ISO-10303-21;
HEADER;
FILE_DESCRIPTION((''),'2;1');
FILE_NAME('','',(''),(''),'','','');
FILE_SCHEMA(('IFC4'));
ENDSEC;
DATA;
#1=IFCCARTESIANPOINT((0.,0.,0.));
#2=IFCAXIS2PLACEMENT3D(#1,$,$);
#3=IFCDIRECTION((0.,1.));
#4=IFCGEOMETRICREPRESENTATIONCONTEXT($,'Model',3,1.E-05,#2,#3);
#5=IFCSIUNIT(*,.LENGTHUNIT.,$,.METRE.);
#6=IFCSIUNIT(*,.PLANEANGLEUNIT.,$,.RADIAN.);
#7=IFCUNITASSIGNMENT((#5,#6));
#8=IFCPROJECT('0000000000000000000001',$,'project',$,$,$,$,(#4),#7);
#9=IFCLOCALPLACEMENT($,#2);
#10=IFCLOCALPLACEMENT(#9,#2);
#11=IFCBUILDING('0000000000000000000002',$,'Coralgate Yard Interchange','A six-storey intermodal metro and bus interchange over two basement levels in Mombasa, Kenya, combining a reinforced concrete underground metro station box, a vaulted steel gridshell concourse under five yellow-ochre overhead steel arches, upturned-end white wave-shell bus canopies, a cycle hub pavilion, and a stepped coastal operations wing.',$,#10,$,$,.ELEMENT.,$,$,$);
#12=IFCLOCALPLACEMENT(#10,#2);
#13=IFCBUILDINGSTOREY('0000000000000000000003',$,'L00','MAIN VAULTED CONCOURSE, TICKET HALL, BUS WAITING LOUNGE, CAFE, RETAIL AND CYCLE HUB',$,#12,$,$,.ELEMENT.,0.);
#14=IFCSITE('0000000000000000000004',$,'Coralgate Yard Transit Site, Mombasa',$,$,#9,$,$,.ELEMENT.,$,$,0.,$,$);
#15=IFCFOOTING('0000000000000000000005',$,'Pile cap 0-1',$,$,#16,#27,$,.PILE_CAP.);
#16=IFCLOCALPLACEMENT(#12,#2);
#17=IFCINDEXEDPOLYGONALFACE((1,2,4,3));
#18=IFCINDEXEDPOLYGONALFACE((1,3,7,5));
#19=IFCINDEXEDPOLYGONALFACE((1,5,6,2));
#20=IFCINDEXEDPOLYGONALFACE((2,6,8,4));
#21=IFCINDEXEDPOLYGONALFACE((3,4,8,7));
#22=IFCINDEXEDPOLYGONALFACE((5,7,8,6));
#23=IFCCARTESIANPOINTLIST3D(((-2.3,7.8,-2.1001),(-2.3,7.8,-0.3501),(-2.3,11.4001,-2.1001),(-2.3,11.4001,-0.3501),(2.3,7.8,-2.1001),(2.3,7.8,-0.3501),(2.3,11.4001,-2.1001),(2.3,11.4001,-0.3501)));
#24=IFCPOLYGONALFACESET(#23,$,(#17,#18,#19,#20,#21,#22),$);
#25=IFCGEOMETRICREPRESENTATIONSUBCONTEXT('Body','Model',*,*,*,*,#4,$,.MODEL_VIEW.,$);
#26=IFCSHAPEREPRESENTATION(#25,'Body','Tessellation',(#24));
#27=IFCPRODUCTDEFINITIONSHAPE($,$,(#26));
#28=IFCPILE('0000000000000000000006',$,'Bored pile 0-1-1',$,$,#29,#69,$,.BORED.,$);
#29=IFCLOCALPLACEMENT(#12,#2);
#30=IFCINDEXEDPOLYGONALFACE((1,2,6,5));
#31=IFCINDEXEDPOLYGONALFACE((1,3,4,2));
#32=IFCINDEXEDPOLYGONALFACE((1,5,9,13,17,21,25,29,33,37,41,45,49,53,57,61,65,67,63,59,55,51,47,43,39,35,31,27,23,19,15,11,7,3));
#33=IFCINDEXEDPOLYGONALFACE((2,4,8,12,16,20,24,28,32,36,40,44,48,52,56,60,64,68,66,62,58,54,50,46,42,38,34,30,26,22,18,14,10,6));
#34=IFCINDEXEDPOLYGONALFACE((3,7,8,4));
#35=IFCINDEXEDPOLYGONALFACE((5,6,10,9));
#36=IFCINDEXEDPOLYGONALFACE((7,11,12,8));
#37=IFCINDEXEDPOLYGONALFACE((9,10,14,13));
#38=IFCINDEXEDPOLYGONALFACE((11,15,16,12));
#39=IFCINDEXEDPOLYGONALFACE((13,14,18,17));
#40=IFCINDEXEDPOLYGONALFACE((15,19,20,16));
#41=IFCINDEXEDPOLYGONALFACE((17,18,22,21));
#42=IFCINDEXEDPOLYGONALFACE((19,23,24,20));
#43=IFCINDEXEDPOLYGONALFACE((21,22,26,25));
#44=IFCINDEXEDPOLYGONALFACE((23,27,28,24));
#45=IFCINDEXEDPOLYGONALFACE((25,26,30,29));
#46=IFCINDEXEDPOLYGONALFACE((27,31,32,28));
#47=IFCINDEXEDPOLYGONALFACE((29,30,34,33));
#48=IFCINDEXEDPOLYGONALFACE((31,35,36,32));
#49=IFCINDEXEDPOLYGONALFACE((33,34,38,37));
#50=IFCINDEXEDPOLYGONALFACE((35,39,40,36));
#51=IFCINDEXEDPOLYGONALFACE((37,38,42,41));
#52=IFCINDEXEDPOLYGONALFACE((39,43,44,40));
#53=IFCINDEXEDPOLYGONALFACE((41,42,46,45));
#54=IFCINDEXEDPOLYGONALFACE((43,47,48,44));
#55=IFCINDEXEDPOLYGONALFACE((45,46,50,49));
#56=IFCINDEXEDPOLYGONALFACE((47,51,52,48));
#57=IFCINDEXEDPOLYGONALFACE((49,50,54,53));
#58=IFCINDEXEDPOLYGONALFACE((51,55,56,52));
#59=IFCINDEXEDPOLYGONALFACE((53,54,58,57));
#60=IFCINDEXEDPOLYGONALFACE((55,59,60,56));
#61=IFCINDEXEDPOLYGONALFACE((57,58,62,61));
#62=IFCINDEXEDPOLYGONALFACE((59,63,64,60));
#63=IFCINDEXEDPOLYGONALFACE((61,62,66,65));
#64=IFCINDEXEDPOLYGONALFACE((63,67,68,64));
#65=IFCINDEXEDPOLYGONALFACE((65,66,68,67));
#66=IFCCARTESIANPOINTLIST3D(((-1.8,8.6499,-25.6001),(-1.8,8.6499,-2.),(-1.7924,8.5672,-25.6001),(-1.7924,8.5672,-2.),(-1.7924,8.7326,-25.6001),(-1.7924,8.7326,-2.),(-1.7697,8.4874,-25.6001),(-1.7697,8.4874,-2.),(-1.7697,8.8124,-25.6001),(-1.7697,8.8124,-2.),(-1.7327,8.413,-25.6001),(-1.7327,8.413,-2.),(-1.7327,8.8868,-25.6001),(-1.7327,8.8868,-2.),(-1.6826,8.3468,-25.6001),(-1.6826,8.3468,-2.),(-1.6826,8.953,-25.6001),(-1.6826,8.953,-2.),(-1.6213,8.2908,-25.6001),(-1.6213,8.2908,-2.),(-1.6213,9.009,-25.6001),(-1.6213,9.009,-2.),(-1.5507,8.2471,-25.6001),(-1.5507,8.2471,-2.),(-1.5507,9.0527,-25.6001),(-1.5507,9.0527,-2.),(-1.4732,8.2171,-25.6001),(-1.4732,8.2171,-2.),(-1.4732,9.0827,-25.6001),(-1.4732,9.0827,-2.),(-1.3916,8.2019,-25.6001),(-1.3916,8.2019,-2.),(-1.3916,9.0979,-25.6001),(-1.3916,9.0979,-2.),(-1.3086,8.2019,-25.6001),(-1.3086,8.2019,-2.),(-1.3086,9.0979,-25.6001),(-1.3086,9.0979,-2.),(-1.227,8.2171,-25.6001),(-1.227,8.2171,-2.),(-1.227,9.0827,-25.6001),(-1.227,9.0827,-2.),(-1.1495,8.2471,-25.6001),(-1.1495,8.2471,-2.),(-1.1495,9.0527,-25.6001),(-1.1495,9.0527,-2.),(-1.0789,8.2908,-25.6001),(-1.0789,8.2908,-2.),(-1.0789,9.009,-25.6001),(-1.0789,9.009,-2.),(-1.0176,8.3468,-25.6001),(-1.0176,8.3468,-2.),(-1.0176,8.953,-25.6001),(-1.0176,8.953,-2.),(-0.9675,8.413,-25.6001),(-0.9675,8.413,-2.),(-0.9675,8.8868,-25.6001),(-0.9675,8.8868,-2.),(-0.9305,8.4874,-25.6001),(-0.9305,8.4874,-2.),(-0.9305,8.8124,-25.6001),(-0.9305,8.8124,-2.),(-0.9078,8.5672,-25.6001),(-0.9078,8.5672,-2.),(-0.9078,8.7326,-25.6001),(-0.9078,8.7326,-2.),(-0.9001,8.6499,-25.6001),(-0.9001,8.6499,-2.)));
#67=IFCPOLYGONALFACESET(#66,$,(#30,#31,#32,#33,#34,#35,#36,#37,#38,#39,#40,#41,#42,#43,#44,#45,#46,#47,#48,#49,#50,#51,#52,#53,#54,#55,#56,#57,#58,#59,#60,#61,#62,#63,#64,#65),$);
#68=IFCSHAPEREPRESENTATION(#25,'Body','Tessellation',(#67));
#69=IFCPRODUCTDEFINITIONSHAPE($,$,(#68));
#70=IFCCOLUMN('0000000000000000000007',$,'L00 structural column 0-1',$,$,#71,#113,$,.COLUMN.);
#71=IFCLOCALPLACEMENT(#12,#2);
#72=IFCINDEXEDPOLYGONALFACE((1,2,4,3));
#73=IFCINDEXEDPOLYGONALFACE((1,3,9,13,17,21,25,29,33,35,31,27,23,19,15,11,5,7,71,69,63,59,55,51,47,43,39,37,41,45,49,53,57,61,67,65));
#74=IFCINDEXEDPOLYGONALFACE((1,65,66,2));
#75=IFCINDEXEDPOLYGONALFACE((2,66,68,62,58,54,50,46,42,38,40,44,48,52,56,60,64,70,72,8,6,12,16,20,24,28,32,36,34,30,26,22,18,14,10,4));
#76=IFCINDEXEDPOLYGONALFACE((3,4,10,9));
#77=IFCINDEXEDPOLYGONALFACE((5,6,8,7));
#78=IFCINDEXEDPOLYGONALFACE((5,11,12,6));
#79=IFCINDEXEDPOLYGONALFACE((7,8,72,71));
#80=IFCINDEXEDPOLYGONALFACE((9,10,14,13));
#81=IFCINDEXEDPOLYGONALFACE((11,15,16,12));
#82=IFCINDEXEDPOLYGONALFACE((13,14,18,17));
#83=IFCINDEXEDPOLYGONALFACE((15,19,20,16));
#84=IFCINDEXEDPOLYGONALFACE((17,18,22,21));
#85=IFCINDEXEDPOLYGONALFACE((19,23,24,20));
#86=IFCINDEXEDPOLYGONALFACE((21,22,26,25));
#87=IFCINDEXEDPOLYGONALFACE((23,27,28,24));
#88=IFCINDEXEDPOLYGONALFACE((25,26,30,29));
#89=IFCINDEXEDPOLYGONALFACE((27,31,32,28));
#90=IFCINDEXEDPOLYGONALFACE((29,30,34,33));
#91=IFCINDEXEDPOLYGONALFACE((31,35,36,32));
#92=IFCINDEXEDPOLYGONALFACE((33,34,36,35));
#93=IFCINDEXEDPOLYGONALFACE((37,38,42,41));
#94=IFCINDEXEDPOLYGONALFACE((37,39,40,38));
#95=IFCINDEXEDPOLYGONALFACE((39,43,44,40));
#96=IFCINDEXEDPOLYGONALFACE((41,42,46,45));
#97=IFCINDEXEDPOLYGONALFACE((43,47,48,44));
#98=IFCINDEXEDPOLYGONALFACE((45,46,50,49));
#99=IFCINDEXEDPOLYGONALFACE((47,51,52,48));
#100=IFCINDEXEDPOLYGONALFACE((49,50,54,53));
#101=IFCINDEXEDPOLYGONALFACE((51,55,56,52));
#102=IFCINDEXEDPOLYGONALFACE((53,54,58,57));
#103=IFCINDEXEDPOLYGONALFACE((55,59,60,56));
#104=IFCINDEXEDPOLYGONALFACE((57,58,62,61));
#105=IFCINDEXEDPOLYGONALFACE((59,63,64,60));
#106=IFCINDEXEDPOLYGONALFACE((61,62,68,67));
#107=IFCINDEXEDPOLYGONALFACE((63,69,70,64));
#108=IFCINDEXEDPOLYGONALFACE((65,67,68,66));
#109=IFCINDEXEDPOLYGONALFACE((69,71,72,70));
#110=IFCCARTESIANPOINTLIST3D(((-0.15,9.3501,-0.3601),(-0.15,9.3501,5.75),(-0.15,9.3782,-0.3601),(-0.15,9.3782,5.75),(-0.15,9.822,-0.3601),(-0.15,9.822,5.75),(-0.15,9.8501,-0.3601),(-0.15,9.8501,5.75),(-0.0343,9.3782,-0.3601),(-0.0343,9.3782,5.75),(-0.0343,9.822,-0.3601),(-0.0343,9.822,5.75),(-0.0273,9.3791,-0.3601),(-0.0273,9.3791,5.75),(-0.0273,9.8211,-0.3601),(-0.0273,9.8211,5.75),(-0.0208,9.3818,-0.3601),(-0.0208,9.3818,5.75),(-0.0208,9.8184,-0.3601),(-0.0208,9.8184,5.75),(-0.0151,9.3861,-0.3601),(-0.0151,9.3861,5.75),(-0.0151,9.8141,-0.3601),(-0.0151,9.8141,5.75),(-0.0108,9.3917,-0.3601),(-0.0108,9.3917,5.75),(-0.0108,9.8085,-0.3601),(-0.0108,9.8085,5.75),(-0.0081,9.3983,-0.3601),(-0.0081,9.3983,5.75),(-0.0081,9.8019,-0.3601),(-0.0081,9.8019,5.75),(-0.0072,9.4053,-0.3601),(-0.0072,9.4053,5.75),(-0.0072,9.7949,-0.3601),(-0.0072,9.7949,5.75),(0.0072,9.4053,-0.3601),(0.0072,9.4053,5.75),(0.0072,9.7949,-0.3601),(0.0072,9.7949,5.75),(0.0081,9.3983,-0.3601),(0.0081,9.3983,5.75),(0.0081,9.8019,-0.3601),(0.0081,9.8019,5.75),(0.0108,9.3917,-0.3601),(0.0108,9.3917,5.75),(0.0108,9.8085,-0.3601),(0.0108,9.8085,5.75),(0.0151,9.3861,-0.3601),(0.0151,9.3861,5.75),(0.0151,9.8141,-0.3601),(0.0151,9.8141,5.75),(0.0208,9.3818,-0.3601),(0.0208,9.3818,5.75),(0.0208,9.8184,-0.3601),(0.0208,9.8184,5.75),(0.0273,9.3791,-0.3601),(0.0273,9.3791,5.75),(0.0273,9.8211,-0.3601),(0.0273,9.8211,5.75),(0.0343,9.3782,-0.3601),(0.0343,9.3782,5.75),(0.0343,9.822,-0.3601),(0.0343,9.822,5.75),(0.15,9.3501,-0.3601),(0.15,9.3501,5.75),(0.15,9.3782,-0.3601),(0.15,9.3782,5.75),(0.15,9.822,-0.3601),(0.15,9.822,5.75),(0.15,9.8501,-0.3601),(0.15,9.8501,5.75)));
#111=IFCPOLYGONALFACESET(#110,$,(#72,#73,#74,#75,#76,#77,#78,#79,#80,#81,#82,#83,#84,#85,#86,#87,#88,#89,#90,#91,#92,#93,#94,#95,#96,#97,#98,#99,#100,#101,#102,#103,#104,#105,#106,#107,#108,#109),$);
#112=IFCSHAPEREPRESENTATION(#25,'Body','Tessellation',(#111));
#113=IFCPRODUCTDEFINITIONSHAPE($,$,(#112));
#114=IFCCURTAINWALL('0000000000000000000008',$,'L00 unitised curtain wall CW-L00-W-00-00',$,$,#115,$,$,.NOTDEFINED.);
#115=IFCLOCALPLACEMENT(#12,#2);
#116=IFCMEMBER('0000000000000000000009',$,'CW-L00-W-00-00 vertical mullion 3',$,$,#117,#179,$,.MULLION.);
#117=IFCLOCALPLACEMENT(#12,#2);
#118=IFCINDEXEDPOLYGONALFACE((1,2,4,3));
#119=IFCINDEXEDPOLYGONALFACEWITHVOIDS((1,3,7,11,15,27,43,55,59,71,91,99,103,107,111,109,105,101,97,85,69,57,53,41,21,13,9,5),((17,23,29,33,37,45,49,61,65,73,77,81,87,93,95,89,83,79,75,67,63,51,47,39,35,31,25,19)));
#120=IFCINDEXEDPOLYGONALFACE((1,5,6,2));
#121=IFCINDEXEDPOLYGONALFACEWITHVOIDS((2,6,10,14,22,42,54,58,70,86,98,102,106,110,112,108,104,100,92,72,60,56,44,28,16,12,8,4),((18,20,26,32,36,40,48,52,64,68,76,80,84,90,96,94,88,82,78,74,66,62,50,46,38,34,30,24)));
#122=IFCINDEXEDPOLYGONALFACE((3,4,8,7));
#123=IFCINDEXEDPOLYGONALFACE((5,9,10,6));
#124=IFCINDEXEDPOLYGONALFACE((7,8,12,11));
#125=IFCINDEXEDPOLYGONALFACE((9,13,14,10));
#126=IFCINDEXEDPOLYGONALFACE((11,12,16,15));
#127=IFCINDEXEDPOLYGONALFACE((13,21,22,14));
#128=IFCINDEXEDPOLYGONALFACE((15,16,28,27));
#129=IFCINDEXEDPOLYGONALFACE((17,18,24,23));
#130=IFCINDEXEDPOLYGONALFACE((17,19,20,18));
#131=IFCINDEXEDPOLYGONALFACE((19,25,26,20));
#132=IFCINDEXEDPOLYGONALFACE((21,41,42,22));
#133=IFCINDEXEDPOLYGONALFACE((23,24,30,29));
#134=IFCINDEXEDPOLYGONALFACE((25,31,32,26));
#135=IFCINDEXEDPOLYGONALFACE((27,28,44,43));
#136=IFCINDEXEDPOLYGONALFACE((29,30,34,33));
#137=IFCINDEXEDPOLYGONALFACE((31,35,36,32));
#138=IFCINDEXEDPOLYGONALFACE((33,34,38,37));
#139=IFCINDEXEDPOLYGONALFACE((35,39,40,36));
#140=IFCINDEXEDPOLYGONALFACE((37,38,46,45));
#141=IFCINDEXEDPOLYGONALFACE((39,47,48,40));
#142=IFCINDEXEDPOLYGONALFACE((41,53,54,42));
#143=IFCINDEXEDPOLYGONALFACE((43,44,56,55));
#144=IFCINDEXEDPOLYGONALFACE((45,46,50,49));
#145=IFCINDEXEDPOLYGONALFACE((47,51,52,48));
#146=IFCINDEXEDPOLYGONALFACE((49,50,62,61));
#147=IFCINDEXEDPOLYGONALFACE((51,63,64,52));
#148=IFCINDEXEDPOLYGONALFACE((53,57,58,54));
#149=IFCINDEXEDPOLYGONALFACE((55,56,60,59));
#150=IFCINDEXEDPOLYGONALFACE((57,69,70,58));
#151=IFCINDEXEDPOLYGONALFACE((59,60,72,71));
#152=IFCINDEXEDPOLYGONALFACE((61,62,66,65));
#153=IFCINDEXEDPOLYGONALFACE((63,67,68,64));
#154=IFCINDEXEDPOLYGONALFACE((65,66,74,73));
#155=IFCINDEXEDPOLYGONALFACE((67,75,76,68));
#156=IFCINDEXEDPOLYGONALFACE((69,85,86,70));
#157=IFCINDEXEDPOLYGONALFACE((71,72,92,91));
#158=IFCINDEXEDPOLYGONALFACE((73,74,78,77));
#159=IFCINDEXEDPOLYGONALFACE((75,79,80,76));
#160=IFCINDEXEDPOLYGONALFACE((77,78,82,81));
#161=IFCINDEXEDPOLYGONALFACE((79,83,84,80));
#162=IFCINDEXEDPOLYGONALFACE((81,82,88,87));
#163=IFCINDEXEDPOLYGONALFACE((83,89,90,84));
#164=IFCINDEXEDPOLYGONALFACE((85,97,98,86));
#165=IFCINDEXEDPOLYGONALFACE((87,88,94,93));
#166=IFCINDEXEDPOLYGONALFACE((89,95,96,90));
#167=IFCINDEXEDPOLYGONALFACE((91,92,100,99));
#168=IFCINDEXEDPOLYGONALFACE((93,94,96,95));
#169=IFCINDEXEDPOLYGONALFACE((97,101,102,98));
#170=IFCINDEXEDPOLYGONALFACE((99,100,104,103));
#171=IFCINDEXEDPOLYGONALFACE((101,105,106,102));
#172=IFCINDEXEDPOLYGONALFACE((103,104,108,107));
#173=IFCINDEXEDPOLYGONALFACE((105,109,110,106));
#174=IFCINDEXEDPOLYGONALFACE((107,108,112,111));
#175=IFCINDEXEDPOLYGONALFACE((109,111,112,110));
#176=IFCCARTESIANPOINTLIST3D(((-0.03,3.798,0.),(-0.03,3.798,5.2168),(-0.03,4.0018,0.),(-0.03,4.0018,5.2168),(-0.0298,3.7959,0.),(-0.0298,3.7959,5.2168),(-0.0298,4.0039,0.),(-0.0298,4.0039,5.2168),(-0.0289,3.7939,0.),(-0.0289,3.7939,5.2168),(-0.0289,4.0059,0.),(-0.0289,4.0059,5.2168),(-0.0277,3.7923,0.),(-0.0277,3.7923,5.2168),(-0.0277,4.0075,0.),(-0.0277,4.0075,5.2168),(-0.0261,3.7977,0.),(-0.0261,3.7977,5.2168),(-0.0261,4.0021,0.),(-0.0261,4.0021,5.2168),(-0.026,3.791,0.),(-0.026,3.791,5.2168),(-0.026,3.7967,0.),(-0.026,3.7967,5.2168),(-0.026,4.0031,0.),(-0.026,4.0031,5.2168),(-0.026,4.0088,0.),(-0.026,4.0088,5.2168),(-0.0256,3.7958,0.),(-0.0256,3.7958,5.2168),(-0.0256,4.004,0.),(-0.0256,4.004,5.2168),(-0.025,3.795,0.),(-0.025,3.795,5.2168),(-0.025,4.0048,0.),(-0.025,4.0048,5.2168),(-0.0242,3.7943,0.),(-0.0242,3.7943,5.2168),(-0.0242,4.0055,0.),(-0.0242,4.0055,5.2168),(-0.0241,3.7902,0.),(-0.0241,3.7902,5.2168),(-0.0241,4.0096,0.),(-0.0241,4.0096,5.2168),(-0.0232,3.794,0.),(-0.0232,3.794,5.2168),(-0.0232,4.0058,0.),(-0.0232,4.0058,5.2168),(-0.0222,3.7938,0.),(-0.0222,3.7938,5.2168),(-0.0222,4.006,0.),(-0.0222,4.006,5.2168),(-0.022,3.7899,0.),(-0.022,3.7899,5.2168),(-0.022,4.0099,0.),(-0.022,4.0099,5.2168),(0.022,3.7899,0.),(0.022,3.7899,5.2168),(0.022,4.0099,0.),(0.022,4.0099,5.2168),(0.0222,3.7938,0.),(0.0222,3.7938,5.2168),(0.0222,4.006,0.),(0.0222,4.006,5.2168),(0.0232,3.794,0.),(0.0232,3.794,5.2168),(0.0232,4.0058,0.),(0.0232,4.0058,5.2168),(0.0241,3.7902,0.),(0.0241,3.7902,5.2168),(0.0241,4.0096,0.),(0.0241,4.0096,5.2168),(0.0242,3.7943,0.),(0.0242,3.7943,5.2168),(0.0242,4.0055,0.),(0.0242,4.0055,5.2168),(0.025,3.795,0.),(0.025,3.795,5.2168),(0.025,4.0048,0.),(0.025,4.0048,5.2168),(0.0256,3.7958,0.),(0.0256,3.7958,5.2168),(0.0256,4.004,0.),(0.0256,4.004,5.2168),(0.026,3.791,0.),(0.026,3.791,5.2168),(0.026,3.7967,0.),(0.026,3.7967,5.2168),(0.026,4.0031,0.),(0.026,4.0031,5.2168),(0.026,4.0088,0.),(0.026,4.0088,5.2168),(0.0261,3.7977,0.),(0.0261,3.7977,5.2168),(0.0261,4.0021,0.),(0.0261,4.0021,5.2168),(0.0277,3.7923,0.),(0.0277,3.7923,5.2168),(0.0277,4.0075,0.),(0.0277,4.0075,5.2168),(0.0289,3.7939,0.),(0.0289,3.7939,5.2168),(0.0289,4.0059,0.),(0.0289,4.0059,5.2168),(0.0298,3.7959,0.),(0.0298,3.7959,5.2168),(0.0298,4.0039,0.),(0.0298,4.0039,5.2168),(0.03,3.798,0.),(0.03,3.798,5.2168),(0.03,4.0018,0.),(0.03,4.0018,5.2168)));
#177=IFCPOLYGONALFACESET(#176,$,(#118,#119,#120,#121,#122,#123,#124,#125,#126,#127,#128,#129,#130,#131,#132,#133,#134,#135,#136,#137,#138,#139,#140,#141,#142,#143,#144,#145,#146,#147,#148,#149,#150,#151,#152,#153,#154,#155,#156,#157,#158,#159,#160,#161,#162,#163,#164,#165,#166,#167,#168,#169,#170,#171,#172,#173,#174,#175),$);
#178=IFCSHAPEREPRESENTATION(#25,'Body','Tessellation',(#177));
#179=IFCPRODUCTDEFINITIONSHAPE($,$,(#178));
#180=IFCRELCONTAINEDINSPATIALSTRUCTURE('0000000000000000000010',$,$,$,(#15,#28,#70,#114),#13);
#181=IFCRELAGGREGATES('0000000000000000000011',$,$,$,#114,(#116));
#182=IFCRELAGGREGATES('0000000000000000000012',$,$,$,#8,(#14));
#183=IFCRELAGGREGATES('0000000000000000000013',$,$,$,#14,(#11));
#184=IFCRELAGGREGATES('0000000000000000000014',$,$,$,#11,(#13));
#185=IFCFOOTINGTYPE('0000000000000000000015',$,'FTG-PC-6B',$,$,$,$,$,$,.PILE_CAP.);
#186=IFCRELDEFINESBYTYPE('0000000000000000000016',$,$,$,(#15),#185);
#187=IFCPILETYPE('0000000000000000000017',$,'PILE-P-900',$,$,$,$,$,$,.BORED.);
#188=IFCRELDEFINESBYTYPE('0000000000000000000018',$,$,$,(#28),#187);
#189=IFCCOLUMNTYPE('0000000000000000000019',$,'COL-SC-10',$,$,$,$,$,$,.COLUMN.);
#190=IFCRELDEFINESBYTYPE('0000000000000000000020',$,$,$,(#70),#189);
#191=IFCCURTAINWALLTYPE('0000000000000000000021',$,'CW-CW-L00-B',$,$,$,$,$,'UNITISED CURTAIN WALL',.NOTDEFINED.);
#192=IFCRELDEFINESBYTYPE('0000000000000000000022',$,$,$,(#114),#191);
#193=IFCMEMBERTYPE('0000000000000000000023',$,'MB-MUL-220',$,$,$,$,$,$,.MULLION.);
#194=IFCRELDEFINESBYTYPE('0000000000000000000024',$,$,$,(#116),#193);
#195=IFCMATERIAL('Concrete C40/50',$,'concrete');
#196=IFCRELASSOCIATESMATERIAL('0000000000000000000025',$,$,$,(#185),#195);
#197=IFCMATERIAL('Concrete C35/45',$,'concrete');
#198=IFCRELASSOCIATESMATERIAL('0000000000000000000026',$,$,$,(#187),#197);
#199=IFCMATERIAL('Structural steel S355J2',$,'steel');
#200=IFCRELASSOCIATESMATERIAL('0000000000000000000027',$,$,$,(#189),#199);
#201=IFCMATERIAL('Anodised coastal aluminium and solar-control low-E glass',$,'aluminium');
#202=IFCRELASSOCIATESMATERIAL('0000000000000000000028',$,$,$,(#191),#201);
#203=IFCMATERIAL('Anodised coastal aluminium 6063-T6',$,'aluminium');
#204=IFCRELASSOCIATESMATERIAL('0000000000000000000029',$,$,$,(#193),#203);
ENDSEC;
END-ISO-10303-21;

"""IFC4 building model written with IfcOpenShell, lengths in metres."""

from ifc_helpers import new_model, si_unit, direction, frame, origin, origin_2d, place, context, subcontext, project, spatial, rectangle, hollow_rectangle, circle, i_section, extrude, material, material_profile, profile_set, type_object, element, aggregate, save


model = new_model("IFC4")

# Units and contexts
model_context = context("Model", 3, precision=1e-05, world=origin(), true_north=direction((0.0, 1.0)))
body_context = subcontext(model_context, "Body", "Model", "MODEL_VIEW")
ifc_project = project(units=[si_unit("LENGTHUNIT", "METRE"), si_unit("PLANEANGLEUNIT", "RADIAN")], contexts=[model_context])

# Site, building, storey
site_placement = place(None, origin())
site = spatial("IfcSite", under=ifc_project, at=site_placement, Name="Coralgate Yard Transit Site, Mombasa", CompositionType="ELEMENT", RefElevation=0.0)
building_placement = place(site_placement, origin())
building = spatial("IfcBuilding", under=site, at=building_placement, Name="Coralgate Yard Interchange", Description="A six-storey intermodal metro and bus interchange over two basement levels in Mombasa, Kenya, combining a reinforced concrete underground metro station box, a vaulted steel gridshell concourse under five yellow-ochre overhead steel arches, upturned-end white wave-shell bus canopies, a cycle hub pavilion, and a stepped coastal operations wing.", CompositionType="ELEMENT")
storey_placement = place(building_placement, origin())
storey = spatial("IfcBuildingStorey", under=building, at=storey_placement, Name="L00", Description="MAIN VAULTED CONCOURSE, TICKET HALL, BUS WAITING LOUNGE, CAFE, RETAIL AND CYCLE HUB", CompositionType="ELEMENT", Elevation=0.0)

# Footing
ifc_material_1 = material(Name="Concrete C40/50", Category="concrete")
footing_type = type_object("IfcFootingType", Name="FTG-PC-6B", PredefinedType="PILE_CAP", material=ifc_material_1)
footing_placement = place(storey_placement, frame((0.0, 9.6001, -2.1001), z_axis=(0.0, 0.0, 1.0), x_axis=(1.0, 0.0, 0.0)))
element("IfcFooting", 1, at=footing_placement, inside=storey, type_object=footing_type, Name="Pile cap 0-1", PredefinedType="PILE_CAP", context=body_context, shape_type="SweptSolid", body=[
    extrude(rectangle(XDim=4.6001, YDim=3.6001, at=origin_2d()), origin(), (0.0, 0.0, 1.0), 1.75),
])

# Pile
ifc_material_2 = material(Name="Concrete C35/45", Category="concrete")
ifc_material_profile_1 = material_profile(ifc_material_2, circle(Radius=0.45, at=origin_2d()), Name="BORED PILE D900")
ifc_profile_set_1 = profile_set([ifc_material_profile_1], Name="Concrete C35/45")
pile_type = type_object("IfcPileType", Name="PILE-P-900", PredefinedType="BORED", material=ifc_profile_set_1)
pile_placement = place(storey_placement, frame((-1.3501, 8.6499, -2.0), z_axis=(0.0, 0.0, -1.0), x_axis=(1.0, 0.0, 0.0)))
element("IfcPile", 2, at=pile_placement, inside=storey, type_object=pile_type, Name="Bored pile 0-1-1", PredefinedType="BORED", context=body_context, shape_type="SweptSolid", body=[
    extrude(circle(Radius=0.45, at=origin_2d()), origin(), (0.0, 0.0, 1.0), 23.6001),
])

# Column
ifc_material_3 = material(Name="Structural steel S355J2", Category="steel")
ifc_material_profile_2 = material_profile(ifc_material_3, i_section(OverallWidth=0.3, OverallDepth=0.5, WebThickness=0.0144, FlangeThickness=0.0281, FilletRadius=0.0271, at=origin_2d()), Name="HEB 500")
ifc_profile_set_2 = profile_set([ifc_material_profile_2], Name="Structural steel S355J2")
column_type = type_object("IfcColumnType", Name="COL-SC-10", PredefinedType="COLUMN", material=ifc_profile_set_2)
column_placement = place(storey_placement, frame((0.0, 9.6001, -0.3601), z_axis=(0.0, 0.0, 1.0), x_axis=(1.0, 0.0, 0.0)))
element("IfcColumn", 3, at=column_placement, inside=storey, type_object=column_type, Name="L00 structural column 0-1", PredefinedType="COLUMN", context=body_context, shape_type="SweptSolid", body=[
    extrude(i_section(OverallWidth=0.3, OverallDepth=0.5, WebThickness=0.0144, FlangeThickness=0.0281, FilletRadius=0.0271, at=origin_2d()), origin(), (0.0, 0.0, 1.0), 6.1101),
])

# Curtain wall, member
ifc_material_4 = material(Name="Anodised coastal aluminium and solar-control low-E glass", Category="aluminium")
curtain_wall_type = type_object("IfcCurtainWallType", Name="CW-CW-L00-B", ElementType="UNITISED CURTAIN WALL", PredefinedType="NOTDEFINED", material=ifc_material_4)
curtain_wall_placement = place(storey_placement, origin())
curtain_wall = element("IfcCurtainWall", 4, at=curtain_wall_placement, inside=storey, type_object=curtain_wall_type, Name="L00 unitised curtain wall CW-L00-W-00-00", PredefinedType="NOTDEFINED")
ifc_material_5 = material(Name="Anodised coastal aluminium 6063-T6", Category="aluminium")
ifc_material_profile_3 = material_profile(ifc_material_5, hollow_rectangle(XDim=0.0601, YDim=0.22, WallThickness=0.0039, InnerFilletRadius=0.0039, OuterFilletRadius=0.0081, at=origin_2d()), Name="ALU 60x220x4")
ifc_profile_set_3 = profile_set([ifc_material_profile_3], Name="Anodised coastal aluminium 6063-T6")
member_type_1 = type_object("IfcMemberType", Name="MB-MUL-220", PredefinedType="MULLION", material=ifc_profile_set_3)
member_1_placement = place(storey_placement, frame((0.0, 3.8999, 0.0), z_axis=(0.0, 0.0, 1.0), x_axis=(1.0, 0.0, 0.0)))
member_1 = element("IfcMember", 5, at=member_1_placement, type_object=member_type_1, Name="CW-L00-W-00-00 vertical mullion 3", PredefinedType="MULLION", context=body_context, shape_type="SweptSolid", body=[
    extrude(hollow_rectangle(XDim=0.0601, YDim=0.22, WallThickness=0.0039, InnerFilletRadius=0.0039, OuterFilletRadius=0.0081, at=origin_2d()), origin(), (0.0, 0.0, 1.0), 5.2168),
])
aggregate(curtain_wall, [member_1])

save(model, "model.ifc")
